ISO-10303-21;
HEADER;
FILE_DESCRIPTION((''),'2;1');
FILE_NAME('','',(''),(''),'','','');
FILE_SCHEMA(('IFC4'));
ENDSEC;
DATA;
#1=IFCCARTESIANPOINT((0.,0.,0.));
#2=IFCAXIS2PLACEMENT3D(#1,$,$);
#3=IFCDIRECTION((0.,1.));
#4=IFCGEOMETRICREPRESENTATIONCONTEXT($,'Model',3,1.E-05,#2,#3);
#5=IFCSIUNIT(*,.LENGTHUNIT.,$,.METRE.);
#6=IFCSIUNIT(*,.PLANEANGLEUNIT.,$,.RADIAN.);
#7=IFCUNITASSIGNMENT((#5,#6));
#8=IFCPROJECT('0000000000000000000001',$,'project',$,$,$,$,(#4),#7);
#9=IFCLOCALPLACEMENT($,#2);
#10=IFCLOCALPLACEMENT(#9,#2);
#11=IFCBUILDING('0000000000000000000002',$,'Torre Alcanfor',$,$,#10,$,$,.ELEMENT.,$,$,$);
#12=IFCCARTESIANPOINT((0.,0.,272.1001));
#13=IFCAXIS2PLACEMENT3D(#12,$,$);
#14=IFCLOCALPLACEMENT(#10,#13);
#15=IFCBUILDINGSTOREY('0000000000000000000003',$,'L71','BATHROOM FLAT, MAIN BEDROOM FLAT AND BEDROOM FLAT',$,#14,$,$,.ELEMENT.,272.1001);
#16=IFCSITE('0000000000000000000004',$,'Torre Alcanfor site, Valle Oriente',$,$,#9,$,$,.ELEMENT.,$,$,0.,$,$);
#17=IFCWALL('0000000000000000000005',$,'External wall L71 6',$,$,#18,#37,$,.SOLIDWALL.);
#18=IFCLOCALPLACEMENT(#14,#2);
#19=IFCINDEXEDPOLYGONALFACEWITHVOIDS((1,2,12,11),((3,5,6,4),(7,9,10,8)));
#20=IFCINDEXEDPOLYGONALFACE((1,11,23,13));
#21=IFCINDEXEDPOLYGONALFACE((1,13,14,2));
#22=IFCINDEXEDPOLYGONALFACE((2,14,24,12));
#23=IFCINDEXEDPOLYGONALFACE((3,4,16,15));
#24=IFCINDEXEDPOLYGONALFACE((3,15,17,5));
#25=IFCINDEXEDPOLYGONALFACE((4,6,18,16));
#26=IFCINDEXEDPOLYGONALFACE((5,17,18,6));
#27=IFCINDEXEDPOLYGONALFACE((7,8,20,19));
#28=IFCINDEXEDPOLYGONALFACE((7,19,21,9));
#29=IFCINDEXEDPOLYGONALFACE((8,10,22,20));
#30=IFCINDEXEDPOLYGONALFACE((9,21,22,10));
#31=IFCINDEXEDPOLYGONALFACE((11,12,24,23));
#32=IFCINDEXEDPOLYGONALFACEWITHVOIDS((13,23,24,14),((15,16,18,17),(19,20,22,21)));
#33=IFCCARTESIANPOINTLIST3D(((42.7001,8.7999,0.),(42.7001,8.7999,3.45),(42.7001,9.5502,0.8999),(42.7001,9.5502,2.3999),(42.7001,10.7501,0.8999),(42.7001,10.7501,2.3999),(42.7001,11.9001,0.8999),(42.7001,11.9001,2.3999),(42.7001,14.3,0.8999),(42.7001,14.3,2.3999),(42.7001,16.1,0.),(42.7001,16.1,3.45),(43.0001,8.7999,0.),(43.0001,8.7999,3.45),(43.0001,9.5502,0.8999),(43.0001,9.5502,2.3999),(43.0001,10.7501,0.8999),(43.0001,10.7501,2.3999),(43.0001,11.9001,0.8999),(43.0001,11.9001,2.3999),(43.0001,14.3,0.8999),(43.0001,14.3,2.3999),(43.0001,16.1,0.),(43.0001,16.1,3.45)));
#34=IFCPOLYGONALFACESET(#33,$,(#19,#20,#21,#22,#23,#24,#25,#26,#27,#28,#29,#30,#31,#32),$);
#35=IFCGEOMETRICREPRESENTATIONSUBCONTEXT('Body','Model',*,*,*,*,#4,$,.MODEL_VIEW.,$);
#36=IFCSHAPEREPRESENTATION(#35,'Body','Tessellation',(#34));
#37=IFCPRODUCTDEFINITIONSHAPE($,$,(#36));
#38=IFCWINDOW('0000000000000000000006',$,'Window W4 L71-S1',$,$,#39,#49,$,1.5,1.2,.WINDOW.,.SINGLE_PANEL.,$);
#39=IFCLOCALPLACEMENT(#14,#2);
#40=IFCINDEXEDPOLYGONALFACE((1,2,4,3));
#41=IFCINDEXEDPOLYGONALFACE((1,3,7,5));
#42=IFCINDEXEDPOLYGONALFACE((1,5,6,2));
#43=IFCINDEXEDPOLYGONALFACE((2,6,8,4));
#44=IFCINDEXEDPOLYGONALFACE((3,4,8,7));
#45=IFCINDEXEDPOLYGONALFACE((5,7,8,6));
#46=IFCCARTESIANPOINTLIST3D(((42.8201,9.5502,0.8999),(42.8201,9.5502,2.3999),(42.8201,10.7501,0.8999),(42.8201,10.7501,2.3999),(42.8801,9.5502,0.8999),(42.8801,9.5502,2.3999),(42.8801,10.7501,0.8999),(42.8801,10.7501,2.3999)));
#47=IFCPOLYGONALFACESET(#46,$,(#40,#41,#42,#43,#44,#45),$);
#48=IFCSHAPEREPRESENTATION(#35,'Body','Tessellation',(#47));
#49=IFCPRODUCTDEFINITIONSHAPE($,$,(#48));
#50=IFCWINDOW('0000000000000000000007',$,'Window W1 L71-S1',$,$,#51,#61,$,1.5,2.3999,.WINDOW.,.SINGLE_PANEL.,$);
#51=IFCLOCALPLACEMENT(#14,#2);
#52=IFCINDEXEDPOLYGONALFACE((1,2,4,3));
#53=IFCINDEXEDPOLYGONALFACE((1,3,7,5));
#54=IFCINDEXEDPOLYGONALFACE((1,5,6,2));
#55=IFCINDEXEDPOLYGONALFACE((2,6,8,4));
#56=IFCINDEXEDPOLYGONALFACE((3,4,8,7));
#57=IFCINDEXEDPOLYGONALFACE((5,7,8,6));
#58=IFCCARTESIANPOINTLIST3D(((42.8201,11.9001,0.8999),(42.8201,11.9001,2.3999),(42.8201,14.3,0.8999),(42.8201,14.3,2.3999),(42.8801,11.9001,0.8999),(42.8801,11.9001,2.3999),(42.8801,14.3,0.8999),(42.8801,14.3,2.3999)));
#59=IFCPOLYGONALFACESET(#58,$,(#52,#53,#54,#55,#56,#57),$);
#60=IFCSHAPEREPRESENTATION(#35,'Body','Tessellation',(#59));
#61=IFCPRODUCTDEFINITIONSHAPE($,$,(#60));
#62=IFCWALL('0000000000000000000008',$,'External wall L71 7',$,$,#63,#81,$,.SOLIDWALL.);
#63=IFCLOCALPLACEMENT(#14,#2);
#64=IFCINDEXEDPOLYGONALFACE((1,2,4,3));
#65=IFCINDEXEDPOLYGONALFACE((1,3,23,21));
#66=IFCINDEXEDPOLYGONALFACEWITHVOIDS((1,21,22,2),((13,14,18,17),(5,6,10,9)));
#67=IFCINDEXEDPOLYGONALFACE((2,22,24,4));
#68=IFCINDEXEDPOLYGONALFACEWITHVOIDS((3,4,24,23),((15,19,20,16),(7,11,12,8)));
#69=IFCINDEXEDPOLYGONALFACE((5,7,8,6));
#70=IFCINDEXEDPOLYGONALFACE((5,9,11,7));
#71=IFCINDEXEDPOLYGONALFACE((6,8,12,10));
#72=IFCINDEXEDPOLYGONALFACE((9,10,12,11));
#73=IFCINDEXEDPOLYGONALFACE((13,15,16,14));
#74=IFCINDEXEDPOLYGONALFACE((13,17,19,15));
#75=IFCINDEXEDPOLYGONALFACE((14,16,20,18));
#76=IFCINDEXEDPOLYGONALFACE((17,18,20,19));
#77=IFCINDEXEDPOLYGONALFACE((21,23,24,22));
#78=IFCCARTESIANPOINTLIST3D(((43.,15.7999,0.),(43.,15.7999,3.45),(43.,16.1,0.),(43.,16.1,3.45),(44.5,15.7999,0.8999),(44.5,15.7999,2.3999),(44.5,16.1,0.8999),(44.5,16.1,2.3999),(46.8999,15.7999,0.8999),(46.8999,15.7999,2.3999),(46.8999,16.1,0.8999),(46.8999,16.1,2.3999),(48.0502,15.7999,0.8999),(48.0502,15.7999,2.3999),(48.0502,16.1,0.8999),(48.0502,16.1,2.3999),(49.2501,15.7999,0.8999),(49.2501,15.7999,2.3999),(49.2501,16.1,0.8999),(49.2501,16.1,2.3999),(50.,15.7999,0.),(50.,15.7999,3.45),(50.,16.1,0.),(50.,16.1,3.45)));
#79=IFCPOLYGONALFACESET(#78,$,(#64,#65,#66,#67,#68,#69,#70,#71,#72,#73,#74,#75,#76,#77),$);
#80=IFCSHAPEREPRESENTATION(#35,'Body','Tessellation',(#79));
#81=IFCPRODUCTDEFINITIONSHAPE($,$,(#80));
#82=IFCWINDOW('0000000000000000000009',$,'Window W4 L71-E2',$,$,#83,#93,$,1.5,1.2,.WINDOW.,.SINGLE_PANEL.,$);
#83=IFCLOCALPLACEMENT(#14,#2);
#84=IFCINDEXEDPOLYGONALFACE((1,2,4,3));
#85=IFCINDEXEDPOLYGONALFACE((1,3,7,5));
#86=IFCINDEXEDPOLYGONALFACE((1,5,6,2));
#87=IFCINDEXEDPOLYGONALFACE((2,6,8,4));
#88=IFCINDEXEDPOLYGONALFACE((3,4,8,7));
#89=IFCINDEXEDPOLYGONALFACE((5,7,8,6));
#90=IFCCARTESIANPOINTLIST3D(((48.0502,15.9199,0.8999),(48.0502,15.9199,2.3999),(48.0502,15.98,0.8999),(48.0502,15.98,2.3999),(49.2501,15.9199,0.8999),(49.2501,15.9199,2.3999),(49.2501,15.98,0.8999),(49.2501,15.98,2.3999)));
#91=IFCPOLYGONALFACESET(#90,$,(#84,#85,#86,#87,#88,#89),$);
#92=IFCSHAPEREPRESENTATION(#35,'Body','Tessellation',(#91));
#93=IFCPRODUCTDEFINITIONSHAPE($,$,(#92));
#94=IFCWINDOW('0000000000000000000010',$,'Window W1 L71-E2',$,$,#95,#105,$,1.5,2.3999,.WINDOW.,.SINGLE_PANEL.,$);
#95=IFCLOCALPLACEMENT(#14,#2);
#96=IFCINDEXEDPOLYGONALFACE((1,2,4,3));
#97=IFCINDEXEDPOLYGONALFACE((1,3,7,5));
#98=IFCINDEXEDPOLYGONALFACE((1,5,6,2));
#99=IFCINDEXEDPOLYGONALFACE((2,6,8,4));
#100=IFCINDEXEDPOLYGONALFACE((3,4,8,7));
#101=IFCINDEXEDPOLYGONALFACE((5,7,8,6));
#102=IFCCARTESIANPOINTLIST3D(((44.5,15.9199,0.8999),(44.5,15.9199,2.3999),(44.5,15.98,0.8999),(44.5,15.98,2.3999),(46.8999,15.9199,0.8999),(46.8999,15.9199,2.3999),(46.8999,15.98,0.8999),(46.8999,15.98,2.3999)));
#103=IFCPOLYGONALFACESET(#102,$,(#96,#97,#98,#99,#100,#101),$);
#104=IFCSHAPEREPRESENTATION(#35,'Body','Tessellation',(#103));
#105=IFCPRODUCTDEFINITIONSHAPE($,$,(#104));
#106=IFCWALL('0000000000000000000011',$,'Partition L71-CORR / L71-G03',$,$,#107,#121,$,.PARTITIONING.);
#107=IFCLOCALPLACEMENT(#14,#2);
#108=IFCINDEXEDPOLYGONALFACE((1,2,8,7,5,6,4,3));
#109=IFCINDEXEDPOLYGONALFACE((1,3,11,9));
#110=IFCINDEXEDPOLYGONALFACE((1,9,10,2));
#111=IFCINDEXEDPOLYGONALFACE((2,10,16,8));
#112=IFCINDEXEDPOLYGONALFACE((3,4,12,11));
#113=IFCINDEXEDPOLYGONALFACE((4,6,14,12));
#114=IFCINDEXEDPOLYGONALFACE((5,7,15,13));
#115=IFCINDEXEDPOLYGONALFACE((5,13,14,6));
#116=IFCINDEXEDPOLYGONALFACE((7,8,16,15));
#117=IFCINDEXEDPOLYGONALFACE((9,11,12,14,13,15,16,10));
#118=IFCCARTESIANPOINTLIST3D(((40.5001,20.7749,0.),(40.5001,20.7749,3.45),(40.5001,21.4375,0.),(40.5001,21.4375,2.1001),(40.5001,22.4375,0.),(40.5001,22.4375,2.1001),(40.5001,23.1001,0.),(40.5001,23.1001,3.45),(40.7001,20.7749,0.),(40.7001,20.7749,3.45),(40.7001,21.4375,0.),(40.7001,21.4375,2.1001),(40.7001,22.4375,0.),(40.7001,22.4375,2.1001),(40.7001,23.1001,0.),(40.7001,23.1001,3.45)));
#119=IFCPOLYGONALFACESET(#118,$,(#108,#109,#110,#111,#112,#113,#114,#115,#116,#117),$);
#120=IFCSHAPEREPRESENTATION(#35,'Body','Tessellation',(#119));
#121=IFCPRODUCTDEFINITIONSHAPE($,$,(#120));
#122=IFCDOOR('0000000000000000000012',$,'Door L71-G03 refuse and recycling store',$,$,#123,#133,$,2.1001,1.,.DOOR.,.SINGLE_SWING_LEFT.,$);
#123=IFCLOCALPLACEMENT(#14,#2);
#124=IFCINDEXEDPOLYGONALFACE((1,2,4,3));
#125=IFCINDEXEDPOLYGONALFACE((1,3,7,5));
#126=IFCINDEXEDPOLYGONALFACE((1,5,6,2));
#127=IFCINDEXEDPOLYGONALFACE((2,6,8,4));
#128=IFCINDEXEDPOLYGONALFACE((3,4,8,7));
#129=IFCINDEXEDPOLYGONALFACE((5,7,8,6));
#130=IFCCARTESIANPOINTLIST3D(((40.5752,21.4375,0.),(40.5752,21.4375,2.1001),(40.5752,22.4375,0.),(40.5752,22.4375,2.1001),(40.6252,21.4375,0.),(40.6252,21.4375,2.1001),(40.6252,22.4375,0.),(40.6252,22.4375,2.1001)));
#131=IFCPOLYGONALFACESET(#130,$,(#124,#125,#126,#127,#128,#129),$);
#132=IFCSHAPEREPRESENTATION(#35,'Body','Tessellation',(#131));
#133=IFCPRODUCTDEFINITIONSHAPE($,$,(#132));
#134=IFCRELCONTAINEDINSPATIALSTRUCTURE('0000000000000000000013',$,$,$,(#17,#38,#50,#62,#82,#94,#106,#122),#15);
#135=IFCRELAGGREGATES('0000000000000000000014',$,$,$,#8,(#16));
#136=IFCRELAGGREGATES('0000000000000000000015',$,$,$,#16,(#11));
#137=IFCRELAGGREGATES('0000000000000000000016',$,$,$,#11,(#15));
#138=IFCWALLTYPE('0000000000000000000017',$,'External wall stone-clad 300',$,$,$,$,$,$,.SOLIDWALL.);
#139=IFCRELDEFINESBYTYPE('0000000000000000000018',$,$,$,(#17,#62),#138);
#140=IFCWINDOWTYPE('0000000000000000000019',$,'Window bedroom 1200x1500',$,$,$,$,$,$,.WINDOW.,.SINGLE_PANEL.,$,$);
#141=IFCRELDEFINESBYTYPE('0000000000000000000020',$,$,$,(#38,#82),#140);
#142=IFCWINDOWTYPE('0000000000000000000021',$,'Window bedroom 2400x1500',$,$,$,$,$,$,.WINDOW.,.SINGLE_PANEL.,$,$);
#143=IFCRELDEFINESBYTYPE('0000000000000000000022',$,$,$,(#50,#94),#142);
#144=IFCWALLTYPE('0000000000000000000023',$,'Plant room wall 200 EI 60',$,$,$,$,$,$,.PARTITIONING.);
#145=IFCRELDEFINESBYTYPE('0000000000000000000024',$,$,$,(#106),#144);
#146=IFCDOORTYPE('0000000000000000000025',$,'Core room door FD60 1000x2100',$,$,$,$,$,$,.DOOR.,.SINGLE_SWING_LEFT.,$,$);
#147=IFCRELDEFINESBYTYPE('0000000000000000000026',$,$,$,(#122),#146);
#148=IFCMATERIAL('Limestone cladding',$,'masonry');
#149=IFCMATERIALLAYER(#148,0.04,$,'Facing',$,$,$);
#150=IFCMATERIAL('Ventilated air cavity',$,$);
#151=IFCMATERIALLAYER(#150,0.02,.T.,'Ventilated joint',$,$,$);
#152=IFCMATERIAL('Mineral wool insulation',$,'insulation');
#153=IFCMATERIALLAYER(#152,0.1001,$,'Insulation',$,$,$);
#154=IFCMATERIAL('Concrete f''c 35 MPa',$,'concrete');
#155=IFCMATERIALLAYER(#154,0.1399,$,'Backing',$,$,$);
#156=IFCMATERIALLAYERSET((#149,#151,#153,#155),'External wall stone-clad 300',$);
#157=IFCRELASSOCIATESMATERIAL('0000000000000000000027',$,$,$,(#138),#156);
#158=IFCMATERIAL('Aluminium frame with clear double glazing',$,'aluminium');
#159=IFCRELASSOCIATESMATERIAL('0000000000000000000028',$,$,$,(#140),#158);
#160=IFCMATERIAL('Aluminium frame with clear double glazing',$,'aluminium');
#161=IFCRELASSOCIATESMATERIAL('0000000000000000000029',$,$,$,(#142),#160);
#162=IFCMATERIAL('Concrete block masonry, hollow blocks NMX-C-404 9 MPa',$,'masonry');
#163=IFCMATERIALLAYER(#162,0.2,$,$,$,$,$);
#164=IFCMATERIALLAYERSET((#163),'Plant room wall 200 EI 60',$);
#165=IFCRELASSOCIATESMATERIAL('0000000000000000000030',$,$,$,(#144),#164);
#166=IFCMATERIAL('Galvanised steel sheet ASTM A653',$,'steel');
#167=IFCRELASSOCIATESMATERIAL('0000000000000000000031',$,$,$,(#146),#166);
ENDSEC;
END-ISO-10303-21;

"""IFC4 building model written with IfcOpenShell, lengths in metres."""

from ifc_helpers import new_model, si_unit, direction, frame, frame_2d, origin, place, context, subcontext, project, spatial, rectangle, extrude, material, layer, layer_set, type_object, element, fill, save


model = new_model("IFC4")

# Units and contexts
model_context = context("Model", 3, precision=1e-05, world=origin(), true_north=direction((0.0, 1.0)))
body_context = subcontext(model_context, "Body", "Model", "MODEL_VIEW")
ifc_project = project(units=[si_unit("LENGTHUNIT", "METRE"), si_unit("PLANEANGLEUNIT", "RADIAN")], contexts=[model_context])

# Site, building, storey
site_placement = place(None, origin())
site = spatial("IfcSite", under=ifc_project, at=site_placement, Name="Torre Alcanfor site, Valle Oriente", CompositionType="ELEMENT", RefElevation=0.0)
building_placement = place(site_placement, origin())
building = spatial("IfcBuilding", under=site, at=building_placement, Name="Torre Alcanfor", CompositionType="ELEMENT")
storey_placement = place(building_placement, frame((0.0, 0.0, 272.1001)))
storey = spatial("IfcBuildingStorey", under=building, at=storey_placement, Name="L71", Description="BATHROOM FLAT, MAIN BEDROOM FLAT AND BEDROOM FLAT", CompositionType="ELEMENT", Elevation=272.1001)

# Walls, openings, windows
ifc_material_1 = material(Name="Limestone cladding", Category="masonry")
ifc_layer_1 = layer(ifc_material_1, 0.04, Name="Facing")
ifc_material_2 = material(Name="Ventilated air cavity")
ifc_layer_2 = layer(ifc_material_2, 0.02, ventilated=True, Name="Ventilated joint")
ifc_material_3 = material(Name="Mineral wool insulation", Category="insulation")
ifc_layer_3 = layer(ifc_material_3, 0.1001, Name="Insulation")
ifc_material_4 = material(Name="Concrete f'c 35 MPa", Category="concrete")
ifc_layer_4 = layer(ifc_material_4, 0.1399, Name="Backing")
ifc_layer_set_1 = layer_set([ifc_layer_1, ifc_layer_2, ifc_layer_3, ifc_layer_4], Name="External wall stone-clad 300")
wall_type_1 = type_object("IfcWallType", Name="External wall stone-clad 300", PredefinedType="SOLIDWALL", material=ifc_layer_set_1)
wall_1_placement = place(storey_placement, frame((42.8501, 8.8, 0.0), z_axis=(0.0, 0.0, 1.0), x_axis=(0.0, 1.0, 0.0)))
wall_1 = element("IfcWall", 1, at=wall_1_placement, inside=storey, type_object=wall_type_1, Name="External wall L71 6", PredefinedType="SOLIDWALL", context=body_context, shape_type="SweptSolid", body=[
    extrude(rectangle(XDim=7.3, YDim=0.3, at=frame_2d((3.6499, 0.0))), origin(), (0.0, 0.0, 1.0), 3.45),
])
opening_1_placement = place(wall_1_placement, frame((3.1001, 0.0, 0.8999)))
opening_1 = element("IfcOpeningElement", 2, at=opening_1_placement, cuts=wall_1, PredefinedType="OPENING", context=body_context, shape_type="SweptSolid", body=[
    extrude(rectangle(XDim=2.3999, YDim=1.5, at=frame_2d((1.2, 0.75))), frame((0.0, 0.1599, 0.0), z_axis=(0.0, -1.0, 0.0), x_axis=(1.0, 0.0, 0.0)), (0.0, 0.0, 1.0), 0.3201),
])
opening_2_placement = place(wall_1_placement, frame((0.75, 0.0, 0.8999)))
opening_2 = element("IfcOpeningElement", 3, at=opening_2_placement, cuts=wall_1, PredefinedType="OPENING", context=body_context, shape_type="SweptSolid", body=[
    extrude(rectangle(XDim=1.2, YDim=1.5, at=frame_2d((0.6001, 0.75))), frame((0.0, 0.1599, 0.0), z_axis=(0.0, -1.0, 0.0), x_axis=(1.0, 0.0, 0.0)), (0.0, 0.0, 1.0), 0.3201),
])
ifc_material_5 = material(Name="Aluminium frame with clear double glazing", Category="aluminium")
window_type_1 = type_object("IfcWindowType", Name="Window bedroom 1200x1500", PartitioningType="SINGLE_PANEL", PredefinedType="WINDOW", material=ifc_material_5)
window_1_placement = place(opening_2_placement, origin())
window_1 = element("IfcWindow", 4, at=window_1_placement, inside=storey, type_object=window_type_1, Name="Window W4 L71-S1", OverallHeight=1.5, OverallWidth=1.2, PartitioningType="SINGLE_PANEL", PredefinedType="WINDOW", context=body_context, shape_type="SweptSolid", body=[
    extrude(rectangle(XDim=1.2, YDim=1.5, at=frame_2d((0.6001, 0.75))), frame((0.0, 0.03, 0.0), z_axis=(0.0, -1.0, 0.0), x_axis=(1.0, 0.0, 0.0)), (0.0, 0.0, 1.0), 0.0601),
])
fill(opening_2, window_1)
ifc_material_6 = material(Name="Aluminium frame with clear double glazing", Category="aluminium")
window_type_2 = type_object("IfcWindowType", Name="Window bedroom 2400x1500", PartitioningType="SINGLE_PANEL", PredefinedType="WINDOW", material=ifc_material_6)
window_2_placement = place(opening_1_placement, origin())
window_2 = element("IfcWindow", 5, at=window_2_placement, inside=storey, type_object=window_type_2, Name="Window W1 L71-S1", OverallHeight=1.5, OverallWidth=2.3999, PartitioningType="SINGLE_PANEL", PredefinedType="WINDOW", context=body_context, shape_type="SweptSolid", body=[
    extrude(rectangle(XDim=2.3999, YDim=1.5, at=frame_2d((1.2, 0.75))), frame((0.0, 0.03, 0.0), z_axis=(0.0, -1.0, 0.0), x_axis=(1.0, 0.0, 0.0)), (0.0, 0.0, 1.0), 0.0601),
])
fill(opening_1, window_2)
wall_2_placement = place(storey_placement, frame((43.0, 15.95, 0.0), z_axis=(0.0, 0.0, 1.0), x_axis=(1.0, 0.0, 0.0)))
wall_2 = element("IfcWall", 6, at=wall_2_placement, inside=storey, type_object=wall_type_1, Name="External wall L71 7", PredefinedType="SOLIDWALL", context=body_context, shape_type="SweptSolid", body=[
    extrude(rectangle(XDim=7.0, YDim=0.3, at=frame_2d((3.5, 0.0))), origin(), (0.0, 0.0, 1.0), 3.45),
])
opening_3_placement = place(wall_2_placement, frame((1.5, 0.0, 0.8999)))
opening_3 = element("IfcOpeningElement", 7, at=opening_3_placement, cuts=wall_2, PredefinedType="OPENING", context=body_context, shape_type="SweptSolid", body=[
    extrude(rectangle(XDim=2.3999, YDim=1.5, at=frame_2d((1.2, 0.75))), frame((0.0, 0.1599, 0.0), z_axis=(0.0, -1.0, 0.0), x_axis=(1.0, 0.0, 0.0)), (0.0, 0.0, 1.0), 0.3201),
])
opening_4_placement = place(wall_2_placement, frame((5.05, 0.0, 0.8999)))
opening_4 = element("IfcOpeningElement", 8, at=opening_4_placement, cuts=wall_2, PredefinedType="OPENING", context=body_context, shape_type="SweptSolid", body=[
    extrude(rectangle(XDim=1.2, YDim=1.5, at=frame_2d((0.6001, 0.75))), frame((0.0, 0.1599, 0.0), z_axis=(0.0, -1.0, 0.0), x_axis=(1.0, 0.0, 0.0)), (0.0, 0.0, 1.0), 0.3201),
])
window_3_placement = place(opening_4_placement, origin())
window_3 = element("IfcWindow", 9, at=window_3_placement, inside=storey, type_object=window_type_1, Name="Window W4 L71-E2", OverallHeight=1.5, OverallWidth=1.2, PartitioningType="SINGLE_PANEL", PredefinedType="WINDOW", context=body_context, shape_type="SweptSolid", body=[
    extrude(rectangle(XDim=1.2, YDim=1.5, at=frame_2d((0.6001, 0.75))), frame((0.0, 0.03, 0.0), z_axis=(0.0, -1.0, 0.0), x_axis=(1.0, 0.0, 0.0)), (0.0, 0.0, 1.0), 0.0601),
])
fill(opening_4, window_3)
window_4_placement = place(opening_3_placement, origin())
window_4 = element("IfcWindow", 10, at=window_4_placement, inside=storey, type_object=window_type_2, Name="Window W1 L71-E2", OverallHeight=1.5, OverallWidth=2.3999, PartitioningType="SINGLE_PANEL", PredefinedType="WINDOW", context=body_context, shape_type="SweptSolid", body=[
    extrude(rectangle(XDim=2.3999, YDim=1.5, at=frame_2d((1.2, 0.75))), frame((0.0, 0.03, 0.0), z_axis=(0.0, -1.0, 0.0), x_axis=(1.0, 0.0, 0.0)), (0.0, 0.0, 1.0), 0.0601),
])
fill(opening_3, window_4)

# Wall, opening, door
ifc_material_7 = material(Name="Concrete block masonry, hollow blocks NMX-C-404 9 MPa", Category="masonry")
ifc_layer_5 = layer(ifc_material_7, 0.2)
ifc_layer_set_2 = layer_set([ifc_layer_5], Name="Plant room wall 200 EI 60")
wall_type_2 = type_object("IfcWallType", Name="Plant room wall 200 EI 60", PredefinedType="PARTITIONING", material=ifc_layer_set_2)
wall_3_placement = place(storey_placement, frame((40.6001, 20.7749, 0.0), z_axis=(0.0, 0.0, 1.0), x_axis=(0.0, 1.0, 0.0)))
wall_3 = element("IfcWall", 11, at=wall_3_placement, inside=storey, type_object=wall_type_2, Name="Partition L71-CORR / L71-G03", PredefinedType="PARTITIONING", context=body_context, shape_type="SweptSolid", body=[
    extrude(rectangle(XDim=2.3252, YDim=0.2, at=frame_2d((1.1626, 0.0))), origin(), (0.0, 0.0, 1.0), 3.45),
])
opening_5_placement = place(wall_3_placement, frame((0.6626, 0.0, 0.0)))
opening_5 = element("IfcOpeningElement", 12, at=opening_5_placement, cuts=wall_3, PredefinedType="OPENING", context=body_context, shape_type="SweptSolid", body=[
    extrude(rectangle(XDim=1.0, YDim=2.1001, at=frame_2d((0.5, 1.05))), frame((0.0, 0.1099, 0.0), z_axis=(0.0, -1.0, 0.0), x_axis=(1.0, 0.0, 0.0)), (0.0, 0.0, 1.0), 0.22),
])
ifc_material_8 = material(Name="Galvanised steel sheet ASTM A653", Category="steel")
door_type = type_object("IfcDoorType", Name="Core room door FD60 1000x2100", OperationType="SINGLE_SWING_LEFT", PredefinedType="DOOR", material=ifc_material_8)
door_placement = place(opening_5_placement, origin())
door = element("IfcDoor", 13, at=door_placement, inside=storey, type_object=door_type, Name="Door L71-G03 refuse and recycling store", OperationType="SINGLE_SWING_LEFT", OverallHeight=2.1001, OverallWidth=1.0, PredefinedType="DOOR", context=body_context, shape_type="SweptSolid", body=[
    extrude(rectangle(XDim=1.0, YDim=2.1001, at=frame_2d((0.5, 1.05))), frame((0.0, 0.0249, 0.0), z_axis=(0.0, -1.0, 0.0), x_axis=(1.0, 0.0, 0.0)), (0.0, 0.0, 1.0), 0.05),
])
fill(opening_5, door)

save(model, "model.ifc")
